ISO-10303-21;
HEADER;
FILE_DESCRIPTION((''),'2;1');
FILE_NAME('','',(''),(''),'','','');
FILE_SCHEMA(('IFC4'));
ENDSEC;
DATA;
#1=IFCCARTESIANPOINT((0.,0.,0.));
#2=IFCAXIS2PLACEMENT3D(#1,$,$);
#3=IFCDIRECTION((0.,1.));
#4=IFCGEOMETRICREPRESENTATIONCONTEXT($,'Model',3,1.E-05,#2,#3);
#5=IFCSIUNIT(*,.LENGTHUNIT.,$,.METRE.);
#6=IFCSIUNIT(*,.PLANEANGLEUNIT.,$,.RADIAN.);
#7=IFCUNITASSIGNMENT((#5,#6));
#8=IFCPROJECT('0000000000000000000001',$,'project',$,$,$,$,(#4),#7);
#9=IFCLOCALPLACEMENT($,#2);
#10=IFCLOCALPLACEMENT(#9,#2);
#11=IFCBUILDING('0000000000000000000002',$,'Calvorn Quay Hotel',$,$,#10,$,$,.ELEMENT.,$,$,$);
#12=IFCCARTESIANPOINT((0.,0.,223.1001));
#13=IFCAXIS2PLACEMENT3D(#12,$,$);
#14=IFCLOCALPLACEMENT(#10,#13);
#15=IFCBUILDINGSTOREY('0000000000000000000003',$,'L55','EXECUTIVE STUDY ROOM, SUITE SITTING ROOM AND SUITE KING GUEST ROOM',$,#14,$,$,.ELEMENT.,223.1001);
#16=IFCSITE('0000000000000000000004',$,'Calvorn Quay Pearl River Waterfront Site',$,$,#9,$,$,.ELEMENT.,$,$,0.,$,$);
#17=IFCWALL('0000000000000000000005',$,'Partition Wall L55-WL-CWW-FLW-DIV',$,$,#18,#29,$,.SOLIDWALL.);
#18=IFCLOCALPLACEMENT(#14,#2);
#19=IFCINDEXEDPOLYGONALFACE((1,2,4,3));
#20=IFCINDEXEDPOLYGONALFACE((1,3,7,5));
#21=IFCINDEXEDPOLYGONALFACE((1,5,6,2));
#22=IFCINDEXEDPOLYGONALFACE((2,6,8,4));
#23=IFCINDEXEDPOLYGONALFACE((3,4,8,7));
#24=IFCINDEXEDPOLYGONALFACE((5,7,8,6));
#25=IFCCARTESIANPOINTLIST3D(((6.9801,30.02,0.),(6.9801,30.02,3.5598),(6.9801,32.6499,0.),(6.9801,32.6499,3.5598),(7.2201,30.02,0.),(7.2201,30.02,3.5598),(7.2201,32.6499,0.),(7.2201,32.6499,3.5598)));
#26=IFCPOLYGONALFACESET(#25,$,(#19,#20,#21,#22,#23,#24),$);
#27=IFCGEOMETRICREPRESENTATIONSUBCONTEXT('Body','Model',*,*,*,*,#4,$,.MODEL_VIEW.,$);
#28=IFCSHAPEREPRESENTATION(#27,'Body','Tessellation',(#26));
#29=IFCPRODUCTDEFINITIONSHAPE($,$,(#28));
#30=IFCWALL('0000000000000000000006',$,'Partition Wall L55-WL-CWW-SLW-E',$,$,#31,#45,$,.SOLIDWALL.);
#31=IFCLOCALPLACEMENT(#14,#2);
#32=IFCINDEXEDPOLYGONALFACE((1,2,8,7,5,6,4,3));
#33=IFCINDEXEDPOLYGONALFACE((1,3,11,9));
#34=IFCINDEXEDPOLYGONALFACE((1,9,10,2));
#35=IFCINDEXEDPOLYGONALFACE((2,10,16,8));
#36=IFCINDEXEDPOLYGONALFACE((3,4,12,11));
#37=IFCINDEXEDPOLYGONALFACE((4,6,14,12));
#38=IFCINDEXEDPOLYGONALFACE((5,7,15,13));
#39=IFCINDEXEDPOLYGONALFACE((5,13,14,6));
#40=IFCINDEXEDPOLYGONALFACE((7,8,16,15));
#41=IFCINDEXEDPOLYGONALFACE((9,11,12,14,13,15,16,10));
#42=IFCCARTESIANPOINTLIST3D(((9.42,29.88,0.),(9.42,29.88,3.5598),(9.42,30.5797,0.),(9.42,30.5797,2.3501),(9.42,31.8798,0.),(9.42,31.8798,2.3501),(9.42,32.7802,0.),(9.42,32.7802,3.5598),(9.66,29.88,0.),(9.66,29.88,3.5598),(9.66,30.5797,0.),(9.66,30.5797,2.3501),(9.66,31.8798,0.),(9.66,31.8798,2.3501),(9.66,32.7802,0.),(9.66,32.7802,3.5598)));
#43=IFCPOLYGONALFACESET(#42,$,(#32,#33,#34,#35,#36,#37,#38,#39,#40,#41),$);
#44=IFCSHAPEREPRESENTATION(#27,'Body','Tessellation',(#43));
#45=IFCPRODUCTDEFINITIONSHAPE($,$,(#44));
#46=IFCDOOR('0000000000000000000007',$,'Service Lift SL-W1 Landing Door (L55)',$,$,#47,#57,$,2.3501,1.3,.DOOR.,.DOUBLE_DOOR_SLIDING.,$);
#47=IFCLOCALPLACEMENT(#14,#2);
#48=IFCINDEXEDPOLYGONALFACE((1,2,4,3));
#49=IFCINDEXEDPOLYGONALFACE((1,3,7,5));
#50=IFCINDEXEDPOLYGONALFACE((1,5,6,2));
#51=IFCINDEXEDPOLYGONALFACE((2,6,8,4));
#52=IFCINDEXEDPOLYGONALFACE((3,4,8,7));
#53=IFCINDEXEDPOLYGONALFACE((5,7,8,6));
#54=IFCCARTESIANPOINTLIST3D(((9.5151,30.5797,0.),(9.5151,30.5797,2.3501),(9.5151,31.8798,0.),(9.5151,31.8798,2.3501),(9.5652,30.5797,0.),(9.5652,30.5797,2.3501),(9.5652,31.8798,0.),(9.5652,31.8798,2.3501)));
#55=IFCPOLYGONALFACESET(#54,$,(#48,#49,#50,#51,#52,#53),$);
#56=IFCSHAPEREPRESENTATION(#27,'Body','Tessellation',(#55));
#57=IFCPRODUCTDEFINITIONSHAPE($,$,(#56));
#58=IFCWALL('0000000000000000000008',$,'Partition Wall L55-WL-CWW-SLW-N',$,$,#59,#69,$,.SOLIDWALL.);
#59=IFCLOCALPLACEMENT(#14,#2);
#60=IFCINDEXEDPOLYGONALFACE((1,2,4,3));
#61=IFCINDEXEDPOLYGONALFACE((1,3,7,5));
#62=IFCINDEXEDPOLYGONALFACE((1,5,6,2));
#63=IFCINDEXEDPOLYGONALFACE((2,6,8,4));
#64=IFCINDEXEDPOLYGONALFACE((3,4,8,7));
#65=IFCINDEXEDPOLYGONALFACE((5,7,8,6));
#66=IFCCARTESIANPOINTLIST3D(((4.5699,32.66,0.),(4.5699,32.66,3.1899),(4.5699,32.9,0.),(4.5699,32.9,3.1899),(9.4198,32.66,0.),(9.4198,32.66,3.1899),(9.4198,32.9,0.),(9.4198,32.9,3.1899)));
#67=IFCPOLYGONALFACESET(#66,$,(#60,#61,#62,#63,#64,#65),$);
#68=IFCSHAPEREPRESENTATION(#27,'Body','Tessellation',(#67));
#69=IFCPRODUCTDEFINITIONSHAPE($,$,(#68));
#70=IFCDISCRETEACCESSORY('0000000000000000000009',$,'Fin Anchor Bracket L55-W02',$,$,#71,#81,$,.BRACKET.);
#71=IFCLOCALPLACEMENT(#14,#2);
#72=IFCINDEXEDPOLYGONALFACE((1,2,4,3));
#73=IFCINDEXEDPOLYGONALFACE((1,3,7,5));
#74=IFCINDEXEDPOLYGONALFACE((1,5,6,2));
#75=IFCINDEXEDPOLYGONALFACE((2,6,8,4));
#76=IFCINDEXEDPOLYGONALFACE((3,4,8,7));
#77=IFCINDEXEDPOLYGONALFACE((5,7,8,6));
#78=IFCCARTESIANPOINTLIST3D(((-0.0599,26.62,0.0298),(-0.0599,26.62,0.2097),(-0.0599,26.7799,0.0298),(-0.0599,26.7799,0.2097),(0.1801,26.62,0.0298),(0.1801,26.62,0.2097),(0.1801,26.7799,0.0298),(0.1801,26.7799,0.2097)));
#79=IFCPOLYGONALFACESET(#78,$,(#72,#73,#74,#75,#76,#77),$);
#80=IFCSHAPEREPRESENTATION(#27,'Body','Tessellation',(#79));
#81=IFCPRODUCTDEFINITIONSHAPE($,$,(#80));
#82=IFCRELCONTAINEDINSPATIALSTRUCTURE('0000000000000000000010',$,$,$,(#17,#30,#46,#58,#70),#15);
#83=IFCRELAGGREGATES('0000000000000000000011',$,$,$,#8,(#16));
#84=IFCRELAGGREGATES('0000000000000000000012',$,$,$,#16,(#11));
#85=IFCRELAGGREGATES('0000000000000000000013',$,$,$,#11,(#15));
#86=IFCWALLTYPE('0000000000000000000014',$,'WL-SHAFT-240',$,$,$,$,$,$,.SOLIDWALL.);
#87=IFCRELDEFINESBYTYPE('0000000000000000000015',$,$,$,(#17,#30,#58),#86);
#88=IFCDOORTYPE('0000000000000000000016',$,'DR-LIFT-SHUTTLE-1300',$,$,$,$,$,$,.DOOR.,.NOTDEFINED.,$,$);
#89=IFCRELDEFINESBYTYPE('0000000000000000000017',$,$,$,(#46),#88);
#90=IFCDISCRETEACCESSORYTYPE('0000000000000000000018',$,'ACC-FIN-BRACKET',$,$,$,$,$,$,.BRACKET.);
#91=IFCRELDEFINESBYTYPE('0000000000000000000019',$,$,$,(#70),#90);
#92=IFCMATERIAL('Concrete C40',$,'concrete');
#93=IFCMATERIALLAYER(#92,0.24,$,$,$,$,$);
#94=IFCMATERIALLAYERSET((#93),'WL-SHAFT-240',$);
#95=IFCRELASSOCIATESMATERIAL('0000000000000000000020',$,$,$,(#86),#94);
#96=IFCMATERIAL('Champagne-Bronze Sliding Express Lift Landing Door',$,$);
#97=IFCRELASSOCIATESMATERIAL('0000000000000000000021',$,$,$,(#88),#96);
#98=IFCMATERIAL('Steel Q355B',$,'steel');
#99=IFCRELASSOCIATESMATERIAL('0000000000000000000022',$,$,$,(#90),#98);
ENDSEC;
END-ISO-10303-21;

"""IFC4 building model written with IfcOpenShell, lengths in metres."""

from ifc_helpers import new_model, si_unit, direction, frame, frame_2d, origin, origin_2d, place, context, subcontext, project, spatial, rectangle, extrude, material, layer, layer_set, type_object, element, fill, save


model = new_model("IFC4")

# Units and contexts
model_context = context("Model", 3, precision=1e-05, world=origin(), true_north=direction((0.0, 1.0)))
body_context = subcontext(model_context, "Body", "Model", "MODEL_VIEW")
ifc_project = project(units=[si_unit("LENGTHUNIT", "METRE"), si_unit("PLANEANGLEUNIT", "RADIAN")], contexts=[model_context])

# Site, building, storey
site_placement = place(None, origin())
site = spatial("IfcSite", under=ifc_project, at=site_placement, Name="Calvorn Quay Pearl River Waterfront Site", CompositionType="ELEMENT", RefElevation=0.0)
building_placement = place(site_placement, origin())
building = spatial("IfcBuilding", under=site, at=building_placement, Name="Calvorn Quay Hotel", CompositionType="ELEMENT")
storey_placement = place(building_placement, frame((0.0, 0.0, 223.1001)))
storey = spatial("IfcBuildingStorey", under=building, at=storey_placement, Name="L55", Description="EXECUTIVE STUDY ROOM, SUITE SITTING ROOM AND SUITE KING GUEST ROOM", CompositionType="ELEMENT", Elevation=223.1001)

# Shared definitions
ifc_material_1 = material(Name="Concrete C40", Category="concrete")
ifc_layer_1 = layer(ifc_material_1, 0.24)
ifc_layer_set_1 = layer_set([ifc_layer_1], Name="WL-SHAFT-240")
wall_type_1 = type_object("IfcWallType", Name="WL-SHAFT-240", PredefinedType="SOLIDWALL", material=ifc_layer_set_1)
ifc_material_2 = material(Name="Champagne-Bronze Sliding Express Lift Landing Door")
door_type_1 = type_object("IfcDoorType", Name="DR-LIFT-SHUTTLE-1300", OperationType="NOTDEFINED", PredefinedType="DOOR", material=ifc_material_2)

# Wall
wall_1_placement = place(storey_placement, frame((7.1001, 30.02, 0.0), z_axis=(0.0, 0.0, 1.0), x_axis=(0.0, 1.0, 0.0)))
element("IfcWall", 1, at=wall_1_placement, inside=storey, type_object=wall_type_1, Name="Partition Wall L55-WL-CWW-FLW-DIV", PredefinedType="SOLIDWALL", context=body_context, shape_type="SweptSolid", body=[
    extrude(rectangle(XDim=2.6299, YDim=0.24, at=frame_2d((1.3149, 0.0))), origin(), (0.0, 0.0, 1.0), 3.5598),
])

# Wall, opening, door
wall_2_placement = place(storey_placement, frame((9.54, 29.8799, 0.0), z_axis=(0.0, 0.0, 1.0), x_axis=(0.0, 1.0, 0.0)))
wall_2 = element("IfcWall", 2, at=wall_2_placement, inside=storey, type_object=wall_type_1, Name="Partition Wall L55-WL-CWW-SLW-E", PredefinedType="SOLIDWALL", context=body_context, shape_type="SweptSolid", body=[
    extrude(rectangle(XDim=2.9001, YDim=0.24, at=frame_2d((1.4502, 0.0))), origin(), (0.0, 0.0, 1.0), 3.5598),
])
opening_1_placement = place(wall_2_placement, frame((0.7, 0.0, 0.0)))
opening_1 = element("IfcOpeningElement", 3, at=opening_1_placement, cuts=wall_2, PredefinedType="OPENING", context=body_context, shape_type="SweptSolid", body=[
    extrude(rectangle(XDim=1.3, YDim=2.3501, at=frame_2d((0.6499, 1.175))), frame((0.0, 0.1299, 0.0), z_axis=(0.0, -1.0, 0.0), x_axis=(1.0, 0.0, 0.0)), (0.0, 0.0, 1.0), 0.26),
])
door_1_placement = place(opening_1_placement, origin())
door_1 = element("IfcDoor", 4, at=door_1_placement, inside=storey, type_object=door_type_1, Name="Service Lift SL-W1 Landing Door (L55)", OperationType="DOUBLE_DOOR_SLIDING", OverallHeight=2.3501, OverallWidth=1.3, PredefinedType="DOOR", context=body_context, shape_type="SweptSolid", body=[
    extrude(rectangle(XDim=1.3, YDim=2.3501, at=frame_2d((0.6499, 1.175))), frame((0.0, 0.0249, 0.0), z_axis=(0.0, -1.0, 0.0), x_axis=(1.0, 0.0, 0.0)), (0.0, 0.0, 1.0), 0.05),
])
fill(opening_1, door_1)

# Wall
wall_3_placement = place(storey_placement, frame((4.5701, 32.78, 0.0), z_axis=(0.0, 0.0, 1.0), x_axis=(1.0, 0.0, 0.0)))
element("IfcWall", 5, at=wall_3_placement, inside=storey, type_object=wall_type_1, Name="Partition Wall L55-WL-CWW-SLW-N", PredefinedType="SOLIDWALL", context=body_context, shape_type="SweptSolid", body=[
    extrude(rectangle(XDim=4.8499, YDim=0.24, at=frame_2d((2.4248, 0.0))), origin(), (0.0, 0.0, 1.0), 3.1899),
])

# Discrete accessory
ifc_material_3 = material(Name="Steel Q355B", Category="steel")
discrete_accessory_type = type_object("IfcDiscreteAccessoryType", Name="ACC-FIN-BRACKET", PredefinedType="BRACKET", material=ifc_material_3)
discrete_accessory_placement = place(storey_placement, frame((0.0601, 26.7, 0.0298), z_axis=(0.0, 0.0, 1.0), x_axis=(1.0, 0.0, 0.0)))
element("IfcDiscreteAccessory", 6, at=discrete_accessory_placement, inside=storey, type_object=discrete_accessory_type, Name="Fin Anchor Bracket L55-W02", PredefinedType="BRACKET", context=body_context, shape_type="SweptSolid", body=[
    extrude(rectangle(XDim=0.24, YDim=0.1599, at=origin_2d()), origin(), (0.0, 0.0, 1.0), 0.1799),
])

save(model, "model.ifc")
